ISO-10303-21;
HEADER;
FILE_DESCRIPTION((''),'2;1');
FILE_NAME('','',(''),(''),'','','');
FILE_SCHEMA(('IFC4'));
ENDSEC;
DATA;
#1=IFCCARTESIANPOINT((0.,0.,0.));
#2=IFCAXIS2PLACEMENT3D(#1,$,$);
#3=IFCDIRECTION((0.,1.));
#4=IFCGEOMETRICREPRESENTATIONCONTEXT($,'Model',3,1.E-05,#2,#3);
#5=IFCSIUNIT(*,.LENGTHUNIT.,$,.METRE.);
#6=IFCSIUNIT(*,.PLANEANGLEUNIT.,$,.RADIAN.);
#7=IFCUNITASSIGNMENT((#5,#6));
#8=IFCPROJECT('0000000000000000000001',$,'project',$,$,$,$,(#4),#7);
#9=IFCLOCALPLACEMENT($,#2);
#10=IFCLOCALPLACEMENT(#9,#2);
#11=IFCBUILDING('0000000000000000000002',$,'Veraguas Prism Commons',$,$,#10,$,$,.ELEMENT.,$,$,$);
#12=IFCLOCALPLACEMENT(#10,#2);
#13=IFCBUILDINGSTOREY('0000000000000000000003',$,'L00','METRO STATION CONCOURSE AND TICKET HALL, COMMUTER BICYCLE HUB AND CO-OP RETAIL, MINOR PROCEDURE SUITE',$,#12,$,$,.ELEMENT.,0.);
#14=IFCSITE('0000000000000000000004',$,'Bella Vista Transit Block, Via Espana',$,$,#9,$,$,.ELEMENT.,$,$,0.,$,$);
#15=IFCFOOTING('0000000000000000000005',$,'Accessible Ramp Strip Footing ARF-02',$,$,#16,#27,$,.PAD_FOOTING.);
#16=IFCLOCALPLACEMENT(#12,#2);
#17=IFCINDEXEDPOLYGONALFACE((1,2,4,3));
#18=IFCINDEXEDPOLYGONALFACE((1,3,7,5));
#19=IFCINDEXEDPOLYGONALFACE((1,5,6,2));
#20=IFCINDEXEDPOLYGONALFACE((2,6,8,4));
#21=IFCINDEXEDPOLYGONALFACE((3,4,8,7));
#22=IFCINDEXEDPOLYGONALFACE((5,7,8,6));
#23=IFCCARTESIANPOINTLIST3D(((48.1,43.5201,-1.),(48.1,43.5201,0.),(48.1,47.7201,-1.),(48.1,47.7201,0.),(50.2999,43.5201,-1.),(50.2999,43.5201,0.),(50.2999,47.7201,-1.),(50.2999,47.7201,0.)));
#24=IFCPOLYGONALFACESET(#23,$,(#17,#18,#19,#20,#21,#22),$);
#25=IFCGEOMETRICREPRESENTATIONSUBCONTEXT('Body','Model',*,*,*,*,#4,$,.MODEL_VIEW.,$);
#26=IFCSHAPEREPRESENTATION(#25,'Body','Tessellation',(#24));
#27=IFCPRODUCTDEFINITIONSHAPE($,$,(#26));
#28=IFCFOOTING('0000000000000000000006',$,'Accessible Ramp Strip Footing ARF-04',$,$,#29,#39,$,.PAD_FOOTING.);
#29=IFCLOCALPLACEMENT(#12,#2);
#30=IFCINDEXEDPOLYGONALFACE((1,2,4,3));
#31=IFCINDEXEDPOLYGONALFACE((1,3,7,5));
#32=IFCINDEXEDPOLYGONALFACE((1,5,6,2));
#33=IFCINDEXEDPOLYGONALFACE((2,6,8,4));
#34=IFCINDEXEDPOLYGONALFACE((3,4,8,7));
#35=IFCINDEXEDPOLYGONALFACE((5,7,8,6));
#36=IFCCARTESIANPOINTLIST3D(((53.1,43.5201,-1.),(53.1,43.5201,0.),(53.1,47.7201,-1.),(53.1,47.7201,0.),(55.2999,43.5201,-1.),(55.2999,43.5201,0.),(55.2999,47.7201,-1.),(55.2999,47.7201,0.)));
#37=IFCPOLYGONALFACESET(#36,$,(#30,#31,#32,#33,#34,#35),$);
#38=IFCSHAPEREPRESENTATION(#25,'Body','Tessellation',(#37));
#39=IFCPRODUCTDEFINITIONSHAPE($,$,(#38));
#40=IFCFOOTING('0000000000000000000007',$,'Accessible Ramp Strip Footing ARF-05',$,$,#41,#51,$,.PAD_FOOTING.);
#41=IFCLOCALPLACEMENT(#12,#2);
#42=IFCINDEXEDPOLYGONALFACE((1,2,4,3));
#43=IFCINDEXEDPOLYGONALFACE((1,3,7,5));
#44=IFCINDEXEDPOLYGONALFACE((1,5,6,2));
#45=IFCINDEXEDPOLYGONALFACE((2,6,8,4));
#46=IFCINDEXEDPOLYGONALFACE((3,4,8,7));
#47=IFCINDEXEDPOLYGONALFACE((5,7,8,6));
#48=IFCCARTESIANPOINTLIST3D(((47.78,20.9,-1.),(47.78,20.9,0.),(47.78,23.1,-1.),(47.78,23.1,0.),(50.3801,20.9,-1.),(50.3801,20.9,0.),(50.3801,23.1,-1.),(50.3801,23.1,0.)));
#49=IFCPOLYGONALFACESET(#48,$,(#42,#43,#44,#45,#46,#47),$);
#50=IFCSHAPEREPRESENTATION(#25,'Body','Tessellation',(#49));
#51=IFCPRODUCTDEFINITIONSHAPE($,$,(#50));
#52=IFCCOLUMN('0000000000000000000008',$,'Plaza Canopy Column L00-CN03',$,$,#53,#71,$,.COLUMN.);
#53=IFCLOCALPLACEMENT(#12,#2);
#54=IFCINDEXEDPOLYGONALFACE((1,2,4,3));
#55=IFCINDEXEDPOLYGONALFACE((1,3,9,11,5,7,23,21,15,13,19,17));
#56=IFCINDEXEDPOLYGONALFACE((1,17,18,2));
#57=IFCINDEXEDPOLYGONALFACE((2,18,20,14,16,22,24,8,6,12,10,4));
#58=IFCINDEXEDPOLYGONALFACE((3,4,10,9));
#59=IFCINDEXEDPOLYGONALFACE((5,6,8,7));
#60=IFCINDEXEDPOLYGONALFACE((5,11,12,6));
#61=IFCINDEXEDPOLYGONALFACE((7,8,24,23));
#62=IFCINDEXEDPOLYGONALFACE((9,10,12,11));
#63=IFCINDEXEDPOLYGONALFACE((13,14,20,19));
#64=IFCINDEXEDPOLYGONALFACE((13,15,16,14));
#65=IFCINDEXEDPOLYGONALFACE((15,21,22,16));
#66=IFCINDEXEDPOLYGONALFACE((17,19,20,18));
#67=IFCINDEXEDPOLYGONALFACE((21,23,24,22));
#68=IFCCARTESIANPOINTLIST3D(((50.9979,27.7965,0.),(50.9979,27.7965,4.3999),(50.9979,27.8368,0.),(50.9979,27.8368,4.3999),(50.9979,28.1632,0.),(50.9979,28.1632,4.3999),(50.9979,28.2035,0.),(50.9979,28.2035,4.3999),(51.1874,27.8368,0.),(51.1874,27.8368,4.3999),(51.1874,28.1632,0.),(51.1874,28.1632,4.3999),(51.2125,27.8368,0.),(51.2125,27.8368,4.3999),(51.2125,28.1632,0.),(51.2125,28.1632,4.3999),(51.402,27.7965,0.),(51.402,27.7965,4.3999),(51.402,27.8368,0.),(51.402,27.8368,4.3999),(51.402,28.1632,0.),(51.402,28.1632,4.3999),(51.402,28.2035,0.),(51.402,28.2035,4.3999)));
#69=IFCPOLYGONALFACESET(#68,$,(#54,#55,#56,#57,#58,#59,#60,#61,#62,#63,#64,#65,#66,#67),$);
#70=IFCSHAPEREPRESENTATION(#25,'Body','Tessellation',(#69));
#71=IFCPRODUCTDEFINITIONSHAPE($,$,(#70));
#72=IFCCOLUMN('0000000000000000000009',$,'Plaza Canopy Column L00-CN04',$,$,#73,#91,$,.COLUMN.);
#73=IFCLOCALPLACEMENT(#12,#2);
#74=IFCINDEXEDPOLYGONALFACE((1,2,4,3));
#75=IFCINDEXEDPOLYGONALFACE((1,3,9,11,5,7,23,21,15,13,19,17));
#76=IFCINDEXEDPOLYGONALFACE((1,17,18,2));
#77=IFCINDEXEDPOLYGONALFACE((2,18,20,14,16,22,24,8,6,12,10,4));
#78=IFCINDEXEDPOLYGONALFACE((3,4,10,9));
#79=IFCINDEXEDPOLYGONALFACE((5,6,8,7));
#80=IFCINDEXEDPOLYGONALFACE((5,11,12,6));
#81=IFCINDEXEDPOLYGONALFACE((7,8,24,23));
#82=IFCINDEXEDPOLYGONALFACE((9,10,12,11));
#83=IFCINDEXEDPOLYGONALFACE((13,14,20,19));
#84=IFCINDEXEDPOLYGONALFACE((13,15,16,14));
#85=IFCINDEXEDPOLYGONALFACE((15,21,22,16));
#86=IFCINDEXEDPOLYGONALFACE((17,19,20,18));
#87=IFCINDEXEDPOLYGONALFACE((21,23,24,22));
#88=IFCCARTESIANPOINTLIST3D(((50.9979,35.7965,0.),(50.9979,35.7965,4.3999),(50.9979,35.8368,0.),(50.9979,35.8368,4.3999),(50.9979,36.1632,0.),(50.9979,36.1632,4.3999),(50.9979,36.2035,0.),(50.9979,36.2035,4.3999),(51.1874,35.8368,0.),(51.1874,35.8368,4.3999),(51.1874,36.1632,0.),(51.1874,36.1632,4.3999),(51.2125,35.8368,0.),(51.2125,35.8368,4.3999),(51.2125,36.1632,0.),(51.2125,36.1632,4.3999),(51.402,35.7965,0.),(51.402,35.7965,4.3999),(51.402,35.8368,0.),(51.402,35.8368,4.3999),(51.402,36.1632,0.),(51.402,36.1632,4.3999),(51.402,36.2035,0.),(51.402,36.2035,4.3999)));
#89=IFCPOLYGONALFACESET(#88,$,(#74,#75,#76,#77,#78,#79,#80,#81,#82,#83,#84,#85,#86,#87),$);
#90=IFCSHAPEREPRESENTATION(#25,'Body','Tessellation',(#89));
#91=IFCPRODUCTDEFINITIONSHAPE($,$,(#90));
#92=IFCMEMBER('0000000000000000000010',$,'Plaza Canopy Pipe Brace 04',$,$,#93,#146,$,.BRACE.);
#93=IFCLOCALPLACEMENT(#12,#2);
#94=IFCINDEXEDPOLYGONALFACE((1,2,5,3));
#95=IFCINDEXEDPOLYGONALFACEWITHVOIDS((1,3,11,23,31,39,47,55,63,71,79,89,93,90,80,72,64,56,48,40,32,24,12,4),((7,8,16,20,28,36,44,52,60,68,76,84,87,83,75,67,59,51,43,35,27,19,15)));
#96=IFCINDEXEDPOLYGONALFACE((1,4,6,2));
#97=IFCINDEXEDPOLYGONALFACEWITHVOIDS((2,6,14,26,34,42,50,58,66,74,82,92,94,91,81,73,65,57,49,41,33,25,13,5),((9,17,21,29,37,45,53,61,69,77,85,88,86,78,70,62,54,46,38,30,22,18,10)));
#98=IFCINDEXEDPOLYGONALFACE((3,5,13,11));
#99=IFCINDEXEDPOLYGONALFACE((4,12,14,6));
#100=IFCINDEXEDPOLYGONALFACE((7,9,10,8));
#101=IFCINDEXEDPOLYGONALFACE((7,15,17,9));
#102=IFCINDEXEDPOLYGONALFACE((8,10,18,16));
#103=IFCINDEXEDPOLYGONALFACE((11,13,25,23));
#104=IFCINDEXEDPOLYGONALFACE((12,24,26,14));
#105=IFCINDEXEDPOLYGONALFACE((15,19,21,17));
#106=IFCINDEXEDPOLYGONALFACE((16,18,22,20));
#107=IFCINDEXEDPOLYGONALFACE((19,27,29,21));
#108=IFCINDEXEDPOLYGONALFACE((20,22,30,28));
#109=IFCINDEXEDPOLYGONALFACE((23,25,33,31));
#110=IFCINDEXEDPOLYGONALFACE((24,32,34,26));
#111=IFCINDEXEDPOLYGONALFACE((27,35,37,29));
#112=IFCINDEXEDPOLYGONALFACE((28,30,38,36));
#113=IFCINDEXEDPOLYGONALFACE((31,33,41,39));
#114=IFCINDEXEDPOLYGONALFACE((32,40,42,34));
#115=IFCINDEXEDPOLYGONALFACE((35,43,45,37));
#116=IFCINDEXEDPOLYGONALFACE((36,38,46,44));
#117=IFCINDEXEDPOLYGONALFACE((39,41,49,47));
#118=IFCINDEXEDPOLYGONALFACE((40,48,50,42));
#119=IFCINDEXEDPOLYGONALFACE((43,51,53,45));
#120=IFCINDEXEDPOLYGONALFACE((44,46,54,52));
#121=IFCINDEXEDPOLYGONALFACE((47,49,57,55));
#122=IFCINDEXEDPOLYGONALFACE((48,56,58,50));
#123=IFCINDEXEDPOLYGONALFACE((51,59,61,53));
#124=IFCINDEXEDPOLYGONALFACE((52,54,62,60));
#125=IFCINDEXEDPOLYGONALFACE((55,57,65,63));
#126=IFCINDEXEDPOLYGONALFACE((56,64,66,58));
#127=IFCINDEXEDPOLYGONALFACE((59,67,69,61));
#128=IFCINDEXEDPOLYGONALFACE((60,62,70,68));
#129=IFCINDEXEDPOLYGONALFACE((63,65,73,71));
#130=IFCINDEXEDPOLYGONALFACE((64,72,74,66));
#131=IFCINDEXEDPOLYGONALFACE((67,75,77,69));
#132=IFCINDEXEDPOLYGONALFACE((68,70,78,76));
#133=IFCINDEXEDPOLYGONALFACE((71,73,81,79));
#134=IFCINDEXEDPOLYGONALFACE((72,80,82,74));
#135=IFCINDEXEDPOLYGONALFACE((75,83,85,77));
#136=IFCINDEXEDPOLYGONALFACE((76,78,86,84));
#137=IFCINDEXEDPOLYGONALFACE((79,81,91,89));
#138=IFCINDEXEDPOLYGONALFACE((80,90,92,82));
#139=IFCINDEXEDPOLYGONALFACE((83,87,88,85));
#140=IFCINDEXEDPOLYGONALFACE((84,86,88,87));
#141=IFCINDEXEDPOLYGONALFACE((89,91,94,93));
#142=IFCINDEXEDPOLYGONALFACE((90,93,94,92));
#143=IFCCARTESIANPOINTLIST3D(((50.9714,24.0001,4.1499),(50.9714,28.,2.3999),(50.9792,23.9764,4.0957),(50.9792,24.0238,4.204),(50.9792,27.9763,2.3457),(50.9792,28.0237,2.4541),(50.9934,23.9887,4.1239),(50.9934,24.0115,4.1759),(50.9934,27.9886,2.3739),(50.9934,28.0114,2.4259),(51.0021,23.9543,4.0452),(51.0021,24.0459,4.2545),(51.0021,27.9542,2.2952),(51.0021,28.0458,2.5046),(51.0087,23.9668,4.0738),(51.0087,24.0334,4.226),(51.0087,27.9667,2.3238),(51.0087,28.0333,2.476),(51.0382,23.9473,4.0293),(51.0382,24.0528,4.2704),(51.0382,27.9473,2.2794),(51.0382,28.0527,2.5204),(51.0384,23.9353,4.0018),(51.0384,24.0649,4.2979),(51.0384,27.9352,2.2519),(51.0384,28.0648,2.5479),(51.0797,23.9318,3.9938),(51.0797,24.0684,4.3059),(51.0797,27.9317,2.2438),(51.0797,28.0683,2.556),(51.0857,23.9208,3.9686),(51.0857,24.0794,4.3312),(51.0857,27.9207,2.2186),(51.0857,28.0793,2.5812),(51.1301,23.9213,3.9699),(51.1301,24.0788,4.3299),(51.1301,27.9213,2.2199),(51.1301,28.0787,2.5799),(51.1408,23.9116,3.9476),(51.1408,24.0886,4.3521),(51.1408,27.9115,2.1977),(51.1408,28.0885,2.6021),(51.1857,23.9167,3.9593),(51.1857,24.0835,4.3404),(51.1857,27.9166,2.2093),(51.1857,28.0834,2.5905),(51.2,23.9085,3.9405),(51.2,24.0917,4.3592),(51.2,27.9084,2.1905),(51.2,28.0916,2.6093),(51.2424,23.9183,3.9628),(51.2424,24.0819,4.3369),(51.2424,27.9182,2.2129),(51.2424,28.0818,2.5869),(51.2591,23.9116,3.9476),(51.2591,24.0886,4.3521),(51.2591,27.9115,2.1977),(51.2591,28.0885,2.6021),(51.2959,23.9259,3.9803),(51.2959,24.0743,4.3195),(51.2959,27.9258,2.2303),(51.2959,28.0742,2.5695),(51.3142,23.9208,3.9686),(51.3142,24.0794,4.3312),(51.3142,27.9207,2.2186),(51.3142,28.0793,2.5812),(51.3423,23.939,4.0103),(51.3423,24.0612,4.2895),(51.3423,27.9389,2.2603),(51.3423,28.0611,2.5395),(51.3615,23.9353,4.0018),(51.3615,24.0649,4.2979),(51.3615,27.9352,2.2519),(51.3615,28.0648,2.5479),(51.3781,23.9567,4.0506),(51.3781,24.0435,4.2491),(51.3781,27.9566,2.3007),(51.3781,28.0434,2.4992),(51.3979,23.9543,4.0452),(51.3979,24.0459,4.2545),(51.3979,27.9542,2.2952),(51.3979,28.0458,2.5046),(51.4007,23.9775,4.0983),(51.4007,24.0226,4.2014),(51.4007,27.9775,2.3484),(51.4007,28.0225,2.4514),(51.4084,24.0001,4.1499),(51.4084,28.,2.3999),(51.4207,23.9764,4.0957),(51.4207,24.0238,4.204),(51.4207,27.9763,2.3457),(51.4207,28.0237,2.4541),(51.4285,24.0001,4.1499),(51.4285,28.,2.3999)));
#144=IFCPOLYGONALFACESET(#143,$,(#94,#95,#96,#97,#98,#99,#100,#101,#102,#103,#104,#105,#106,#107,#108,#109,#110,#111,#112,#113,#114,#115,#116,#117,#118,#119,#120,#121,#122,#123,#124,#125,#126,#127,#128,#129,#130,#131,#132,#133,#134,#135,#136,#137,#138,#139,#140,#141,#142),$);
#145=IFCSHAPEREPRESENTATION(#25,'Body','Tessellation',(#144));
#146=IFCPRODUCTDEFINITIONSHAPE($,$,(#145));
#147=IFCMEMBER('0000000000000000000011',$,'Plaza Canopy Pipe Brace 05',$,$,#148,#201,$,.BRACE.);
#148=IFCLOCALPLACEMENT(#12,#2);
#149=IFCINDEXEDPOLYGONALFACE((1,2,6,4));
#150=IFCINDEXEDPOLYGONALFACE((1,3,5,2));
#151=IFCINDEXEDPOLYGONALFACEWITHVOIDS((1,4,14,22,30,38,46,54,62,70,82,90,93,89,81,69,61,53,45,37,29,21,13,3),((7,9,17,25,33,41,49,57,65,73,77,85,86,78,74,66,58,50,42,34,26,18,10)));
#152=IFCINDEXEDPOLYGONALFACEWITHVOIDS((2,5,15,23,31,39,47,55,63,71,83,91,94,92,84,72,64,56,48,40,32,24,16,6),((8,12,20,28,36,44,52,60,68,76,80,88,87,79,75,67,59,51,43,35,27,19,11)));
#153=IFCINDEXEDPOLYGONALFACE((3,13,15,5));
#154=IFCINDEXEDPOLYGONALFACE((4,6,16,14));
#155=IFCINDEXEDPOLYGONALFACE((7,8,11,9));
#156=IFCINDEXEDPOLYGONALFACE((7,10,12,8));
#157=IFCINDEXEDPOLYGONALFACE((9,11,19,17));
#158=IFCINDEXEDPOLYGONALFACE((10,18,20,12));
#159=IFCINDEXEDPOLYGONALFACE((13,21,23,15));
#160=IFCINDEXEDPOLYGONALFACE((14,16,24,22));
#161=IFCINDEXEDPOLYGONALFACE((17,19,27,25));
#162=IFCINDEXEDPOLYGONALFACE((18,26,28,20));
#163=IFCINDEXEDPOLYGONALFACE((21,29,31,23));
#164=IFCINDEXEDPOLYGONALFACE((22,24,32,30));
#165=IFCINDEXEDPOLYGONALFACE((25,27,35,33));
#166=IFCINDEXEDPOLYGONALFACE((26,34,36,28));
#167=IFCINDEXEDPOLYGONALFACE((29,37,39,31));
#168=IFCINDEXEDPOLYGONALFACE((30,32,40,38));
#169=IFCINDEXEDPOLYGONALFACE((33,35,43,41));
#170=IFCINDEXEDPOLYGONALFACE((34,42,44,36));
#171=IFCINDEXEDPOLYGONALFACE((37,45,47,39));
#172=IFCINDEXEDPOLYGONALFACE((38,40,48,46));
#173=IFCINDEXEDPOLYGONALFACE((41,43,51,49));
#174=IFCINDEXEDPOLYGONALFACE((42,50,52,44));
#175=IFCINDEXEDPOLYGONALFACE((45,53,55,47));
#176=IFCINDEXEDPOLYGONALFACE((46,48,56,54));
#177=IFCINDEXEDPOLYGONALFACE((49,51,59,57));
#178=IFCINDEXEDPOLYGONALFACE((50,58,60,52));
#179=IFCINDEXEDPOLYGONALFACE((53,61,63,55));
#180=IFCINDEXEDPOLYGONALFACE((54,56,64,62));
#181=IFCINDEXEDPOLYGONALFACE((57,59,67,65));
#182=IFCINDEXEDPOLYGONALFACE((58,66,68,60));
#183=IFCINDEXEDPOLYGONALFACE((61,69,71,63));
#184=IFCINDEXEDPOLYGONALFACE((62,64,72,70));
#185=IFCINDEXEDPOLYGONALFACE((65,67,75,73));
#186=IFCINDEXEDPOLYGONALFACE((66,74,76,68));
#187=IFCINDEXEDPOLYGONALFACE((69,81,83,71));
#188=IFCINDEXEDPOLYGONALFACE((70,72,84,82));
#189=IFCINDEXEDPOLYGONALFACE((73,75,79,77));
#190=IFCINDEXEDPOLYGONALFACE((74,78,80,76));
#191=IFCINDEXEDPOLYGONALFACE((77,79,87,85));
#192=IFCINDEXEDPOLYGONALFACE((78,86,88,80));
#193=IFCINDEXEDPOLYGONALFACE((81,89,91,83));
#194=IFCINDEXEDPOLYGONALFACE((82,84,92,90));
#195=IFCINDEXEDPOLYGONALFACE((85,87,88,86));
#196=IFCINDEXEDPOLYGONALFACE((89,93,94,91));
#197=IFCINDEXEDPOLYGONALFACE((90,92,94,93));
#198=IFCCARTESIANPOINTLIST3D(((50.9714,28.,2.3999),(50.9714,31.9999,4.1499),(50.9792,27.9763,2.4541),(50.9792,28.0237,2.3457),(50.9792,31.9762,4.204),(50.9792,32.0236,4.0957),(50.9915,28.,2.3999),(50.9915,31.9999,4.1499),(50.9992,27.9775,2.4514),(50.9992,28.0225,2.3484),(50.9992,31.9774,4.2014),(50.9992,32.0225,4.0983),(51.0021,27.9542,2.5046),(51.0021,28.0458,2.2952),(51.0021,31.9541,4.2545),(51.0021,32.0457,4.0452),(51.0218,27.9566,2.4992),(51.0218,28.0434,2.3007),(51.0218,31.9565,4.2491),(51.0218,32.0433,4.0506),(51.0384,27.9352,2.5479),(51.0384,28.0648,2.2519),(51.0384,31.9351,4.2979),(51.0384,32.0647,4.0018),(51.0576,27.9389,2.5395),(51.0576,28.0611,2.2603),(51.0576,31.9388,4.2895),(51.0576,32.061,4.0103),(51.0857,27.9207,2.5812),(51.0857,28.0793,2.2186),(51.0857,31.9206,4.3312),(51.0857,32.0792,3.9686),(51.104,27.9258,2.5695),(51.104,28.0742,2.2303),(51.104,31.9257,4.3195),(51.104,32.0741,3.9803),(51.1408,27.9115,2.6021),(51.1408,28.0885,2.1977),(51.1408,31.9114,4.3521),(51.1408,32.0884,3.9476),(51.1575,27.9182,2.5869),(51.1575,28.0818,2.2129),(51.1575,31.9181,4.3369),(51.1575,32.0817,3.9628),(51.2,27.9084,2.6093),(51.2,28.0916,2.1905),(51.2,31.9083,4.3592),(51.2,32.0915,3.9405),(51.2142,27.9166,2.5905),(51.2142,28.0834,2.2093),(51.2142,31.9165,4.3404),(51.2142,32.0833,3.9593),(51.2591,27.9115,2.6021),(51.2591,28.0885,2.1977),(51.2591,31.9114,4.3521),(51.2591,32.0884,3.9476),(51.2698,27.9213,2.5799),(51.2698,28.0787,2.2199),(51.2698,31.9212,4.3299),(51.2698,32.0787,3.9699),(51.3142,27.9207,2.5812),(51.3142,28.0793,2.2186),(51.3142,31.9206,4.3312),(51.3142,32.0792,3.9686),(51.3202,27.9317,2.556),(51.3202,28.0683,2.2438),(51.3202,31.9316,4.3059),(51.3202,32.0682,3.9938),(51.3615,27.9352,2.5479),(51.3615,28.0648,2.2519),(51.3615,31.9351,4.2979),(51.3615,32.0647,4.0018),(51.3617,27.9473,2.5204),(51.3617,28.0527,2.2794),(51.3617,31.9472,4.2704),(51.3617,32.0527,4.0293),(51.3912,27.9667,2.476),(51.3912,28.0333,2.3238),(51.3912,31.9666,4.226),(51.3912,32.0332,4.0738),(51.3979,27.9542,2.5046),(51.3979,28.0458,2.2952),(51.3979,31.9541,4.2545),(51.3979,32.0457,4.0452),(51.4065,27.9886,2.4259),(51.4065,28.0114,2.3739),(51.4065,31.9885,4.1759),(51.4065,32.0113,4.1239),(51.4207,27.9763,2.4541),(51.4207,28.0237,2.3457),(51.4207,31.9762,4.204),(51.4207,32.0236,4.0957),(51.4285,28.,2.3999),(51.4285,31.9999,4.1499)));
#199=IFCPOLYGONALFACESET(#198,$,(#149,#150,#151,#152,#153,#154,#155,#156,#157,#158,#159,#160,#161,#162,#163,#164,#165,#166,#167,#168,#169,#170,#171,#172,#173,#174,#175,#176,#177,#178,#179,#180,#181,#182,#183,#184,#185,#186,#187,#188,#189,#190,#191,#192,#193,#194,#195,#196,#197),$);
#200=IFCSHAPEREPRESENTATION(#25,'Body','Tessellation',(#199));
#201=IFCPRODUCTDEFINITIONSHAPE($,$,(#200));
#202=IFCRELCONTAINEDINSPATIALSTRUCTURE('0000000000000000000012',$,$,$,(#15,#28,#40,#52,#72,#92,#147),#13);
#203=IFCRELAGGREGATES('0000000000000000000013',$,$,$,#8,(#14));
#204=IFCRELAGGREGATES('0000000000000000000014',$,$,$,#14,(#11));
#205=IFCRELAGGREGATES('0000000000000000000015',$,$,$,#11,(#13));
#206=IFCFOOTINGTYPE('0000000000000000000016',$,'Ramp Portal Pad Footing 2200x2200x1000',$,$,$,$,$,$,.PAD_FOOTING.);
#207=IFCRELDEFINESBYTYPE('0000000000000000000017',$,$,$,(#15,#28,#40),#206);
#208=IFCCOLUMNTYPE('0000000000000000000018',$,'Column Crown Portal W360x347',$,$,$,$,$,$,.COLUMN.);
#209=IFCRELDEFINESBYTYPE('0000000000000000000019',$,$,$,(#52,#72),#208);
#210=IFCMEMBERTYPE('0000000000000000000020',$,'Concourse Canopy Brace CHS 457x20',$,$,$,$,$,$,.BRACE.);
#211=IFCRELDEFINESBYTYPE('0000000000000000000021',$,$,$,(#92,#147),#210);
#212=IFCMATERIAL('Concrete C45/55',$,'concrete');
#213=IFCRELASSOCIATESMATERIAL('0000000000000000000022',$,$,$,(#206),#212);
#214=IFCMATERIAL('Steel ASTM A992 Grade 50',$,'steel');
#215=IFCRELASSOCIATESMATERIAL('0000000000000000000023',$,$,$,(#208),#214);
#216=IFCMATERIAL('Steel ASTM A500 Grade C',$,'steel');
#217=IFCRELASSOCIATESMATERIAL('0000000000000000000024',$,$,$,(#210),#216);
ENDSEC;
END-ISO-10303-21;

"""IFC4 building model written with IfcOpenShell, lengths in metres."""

from ifc_helpers import new_model, si_unit, direction, frame, origin, origin_2d, place, context, subcontext, project, spatial, rectangle, hollow_circle, i_section, extrude, source, transform, mapped, material, material_profile, profile_set, type_object, element, save


model = new_model("IFC4")

# Units and contexts
model_context = context("Model", 3, precision=1e-05, world=origin(), true_north=direction((0.0, 1.0)))
body_context = subcontext(model_context, "Body", "Model", "MODEL_VIEW")
ifc_project = project(units=[si_unit("LENGTHUNIT", "METRE"), si_unit("PLANEANGLEUNIT", "RADIAN")], contexts=[model_context])

# Site, building, storey
site_placement = place(None, origin())
site = spatial("IfcSite", under=ifc_project, at=site_placement, Name="Bella Vista Transit Block, Via Espana", CompositionType="ELEMENT", RefElevation=0.0)
building_placement = place(site_placement, origin())
building = spatial("IfcBuilding", under=site, at=building_placement, Name="Veraguas Prism Commons", CompositionType="ELEMENT")
storey_placement = place(building_placement, origin())
storey = spatial("IfcBuildingStorey", under=building, at=storey_placement, Name="L00", Description="METRO STATION CONCOURSE AND TICKET HALL, COMMUTER BICYCLE HUB AND CO-OP RETAIL, MINOR PROCEDURE SUITE", CompositionType="ELEMENT", Elevation=0.0)

# Footings
ifc_material_1 = material(Name="Concrete C45/55", Category="concrete")
footing_type = type_object("IfcFootingType", Name="Ramp Portal Pad Footing 2200x2200x1000", PredefinedType="PAD_FOOTING", material=ifc_material_1)
shared_shape_1 = source(origin(), body_context, "Body", "SweptSolid", [
    extrude(rectangle(XDim=2.2, YDim=4.2, at=origin_2d()), origin(), (0.0, 0.0, 1.0), 1.0),
])
for number, where, z_axis, x_axis, name in (
    (1, (49.2, 45.6201, -1.0), (0.0, 0.0, 1.0), (1.0, 0.0, 0.0), "Accessible Ramp Strip Footing ARF-02"),
    (2, (54.2, 45.6201, -1.0), (0.0, 0.0, 1.0), (1.0, 0.0, 0.0), "Accessible Ramp Strip Footing ARF-04"),
):
    element("IfcFooting", number, at=place(storey_placement, frame(where, z_axis=z_axis, x_axis=x_axis)), inside=storey, type_object=footing_type, Name=name, PredefinedType="PAD_FOOTING", context=body_context, shape_type="MappedRepresentation", body=[
        mapped(shared_shape_1, transform((0.0, 0.0, 0.0), scale=1.0)),
    ])
shared_shape_2 = source(origin(), body_context, "Body", "SweptSolid", [
    extrude(rectangle(XDim=2.6001, YDim=2.2, at=origin_2d()), origin(), (0.0, 0.0, 1.0), 1.0),
])
footing_placement = place(storey_placement, frame((49.0801, 22.0, -1.0), z_axis=(0.0, 0.0, 1.0), x_axis=(1.0, 0.0, 0.0)))
element("IfcFooting", 3, at=footing_placement, inside=storey, type_object=footing_type, Name="Accessible Ramp Strip Footing ARF-05", PredefinedType="PAD_FOOTING", context=body_context, shape_type="MappedRepresentation", body=[
    mapped(shared_shape_2, transform((0.0, 0.0, 0.0), scale=1.0)),
])

# Columns
ifc_material_2 = material(Name="Steel ASTM A992 Grade 50", Category="steel")
ifc_material_profile_1 = material_profile(ifc_material_2, i_section(OverallWidth=0.4041, OverallDepth=0.407, WebThickness=0.0251, FlangeThickness=0.0403, at=origin_2d()), Name="W360X347")
ifc_profile_set_1 = profile_set([ifc_material_profile_1], Name="Steel ASTM A992 Grade 50")
column_type = type_object("IfcColumnType", Name="Column Crown Portal W360x347", PredefinedType="COLUMN", material=ifc_profile_set_1)
for number, where, z_axis, x_axis, name in (
    (4, (51.2, 28.0, 0.0), (0.0, 0.0, 1.0), (1.0, 0.0, 0.0), "Plaza Canopy Column L00-CN03"),
    (5, (51.2, 36.0, 0.0), (0.0, 0.0, 1.0), (1.0, 0.0, 0.0), "Plaza Canopy Column L00-CN04"),
):
    element("IfcColumn", number, at=place(storey_placement, frame(where, z_axis=z_axis, x_axis=x_axis)), inside=storey, type_object=column_type, Name=name, PredefinedType="COLUMN", context=body_context, shape_type="SweptSolid", body=[
        extrude(i_section(OverallWidth=0.4041, OverallDepth=0.407, WebThickness=0.0251, FlangeThickness=0.0403, at=origin_2d()), origin(), (0.0, 0.0, 1.0), 4.3999),
    ])

# Members
ifc_material_3 = material(Name="Steel ASTM A500 Grade C", Category="steel")
ifc_material_profile_2 = material_profile(ifc_material_3, hollow_circle(Radius=0.2285, WallThickness=0.02, at=origin_2d()), Name="CHS457X20")
ifc_profile_set_2 = profile_set([ifc_material_profile_2], Name="Steel ASTM A500 Grade C")
member_type = type_object("IfcMemberType", Name="Concourse Canopy Brace CHS 457x20", PredefinedType="BRACE", material=ifc_profile_set_2)
for number, where, z_axis, x_axis, name in (
    (6, (51.2, 28.0, 2.3999), (0.0, -0.916157, 0.400819), (1.0, 0.0, 0.0), "Plaza Canopy Pipe Brace 04"),
    (7, (51.2, 28.0, 2.3999), (0.0, 0.916157, 0.400819), (-1.0, 0.0, 0.0), "Plaza Canopy Pipe Brace 05"),
):
    element("IfcMember", number, at=place(storey_placement, frame(where, z_axis=z_axis, x_axis=x_axis)), inside=storey, type_object=member_type, Name=name, PredefinedType="BRACE", context=body_context, shape_type="SweptSolid", body=[
        extrude(hollow_circle(Radius=0.2285, WallThickness=0.02, at=origin_2d()), origin(), (0.0, 0.0, 1.0), 4.366),
    ])

save(model, "model.ifc")
